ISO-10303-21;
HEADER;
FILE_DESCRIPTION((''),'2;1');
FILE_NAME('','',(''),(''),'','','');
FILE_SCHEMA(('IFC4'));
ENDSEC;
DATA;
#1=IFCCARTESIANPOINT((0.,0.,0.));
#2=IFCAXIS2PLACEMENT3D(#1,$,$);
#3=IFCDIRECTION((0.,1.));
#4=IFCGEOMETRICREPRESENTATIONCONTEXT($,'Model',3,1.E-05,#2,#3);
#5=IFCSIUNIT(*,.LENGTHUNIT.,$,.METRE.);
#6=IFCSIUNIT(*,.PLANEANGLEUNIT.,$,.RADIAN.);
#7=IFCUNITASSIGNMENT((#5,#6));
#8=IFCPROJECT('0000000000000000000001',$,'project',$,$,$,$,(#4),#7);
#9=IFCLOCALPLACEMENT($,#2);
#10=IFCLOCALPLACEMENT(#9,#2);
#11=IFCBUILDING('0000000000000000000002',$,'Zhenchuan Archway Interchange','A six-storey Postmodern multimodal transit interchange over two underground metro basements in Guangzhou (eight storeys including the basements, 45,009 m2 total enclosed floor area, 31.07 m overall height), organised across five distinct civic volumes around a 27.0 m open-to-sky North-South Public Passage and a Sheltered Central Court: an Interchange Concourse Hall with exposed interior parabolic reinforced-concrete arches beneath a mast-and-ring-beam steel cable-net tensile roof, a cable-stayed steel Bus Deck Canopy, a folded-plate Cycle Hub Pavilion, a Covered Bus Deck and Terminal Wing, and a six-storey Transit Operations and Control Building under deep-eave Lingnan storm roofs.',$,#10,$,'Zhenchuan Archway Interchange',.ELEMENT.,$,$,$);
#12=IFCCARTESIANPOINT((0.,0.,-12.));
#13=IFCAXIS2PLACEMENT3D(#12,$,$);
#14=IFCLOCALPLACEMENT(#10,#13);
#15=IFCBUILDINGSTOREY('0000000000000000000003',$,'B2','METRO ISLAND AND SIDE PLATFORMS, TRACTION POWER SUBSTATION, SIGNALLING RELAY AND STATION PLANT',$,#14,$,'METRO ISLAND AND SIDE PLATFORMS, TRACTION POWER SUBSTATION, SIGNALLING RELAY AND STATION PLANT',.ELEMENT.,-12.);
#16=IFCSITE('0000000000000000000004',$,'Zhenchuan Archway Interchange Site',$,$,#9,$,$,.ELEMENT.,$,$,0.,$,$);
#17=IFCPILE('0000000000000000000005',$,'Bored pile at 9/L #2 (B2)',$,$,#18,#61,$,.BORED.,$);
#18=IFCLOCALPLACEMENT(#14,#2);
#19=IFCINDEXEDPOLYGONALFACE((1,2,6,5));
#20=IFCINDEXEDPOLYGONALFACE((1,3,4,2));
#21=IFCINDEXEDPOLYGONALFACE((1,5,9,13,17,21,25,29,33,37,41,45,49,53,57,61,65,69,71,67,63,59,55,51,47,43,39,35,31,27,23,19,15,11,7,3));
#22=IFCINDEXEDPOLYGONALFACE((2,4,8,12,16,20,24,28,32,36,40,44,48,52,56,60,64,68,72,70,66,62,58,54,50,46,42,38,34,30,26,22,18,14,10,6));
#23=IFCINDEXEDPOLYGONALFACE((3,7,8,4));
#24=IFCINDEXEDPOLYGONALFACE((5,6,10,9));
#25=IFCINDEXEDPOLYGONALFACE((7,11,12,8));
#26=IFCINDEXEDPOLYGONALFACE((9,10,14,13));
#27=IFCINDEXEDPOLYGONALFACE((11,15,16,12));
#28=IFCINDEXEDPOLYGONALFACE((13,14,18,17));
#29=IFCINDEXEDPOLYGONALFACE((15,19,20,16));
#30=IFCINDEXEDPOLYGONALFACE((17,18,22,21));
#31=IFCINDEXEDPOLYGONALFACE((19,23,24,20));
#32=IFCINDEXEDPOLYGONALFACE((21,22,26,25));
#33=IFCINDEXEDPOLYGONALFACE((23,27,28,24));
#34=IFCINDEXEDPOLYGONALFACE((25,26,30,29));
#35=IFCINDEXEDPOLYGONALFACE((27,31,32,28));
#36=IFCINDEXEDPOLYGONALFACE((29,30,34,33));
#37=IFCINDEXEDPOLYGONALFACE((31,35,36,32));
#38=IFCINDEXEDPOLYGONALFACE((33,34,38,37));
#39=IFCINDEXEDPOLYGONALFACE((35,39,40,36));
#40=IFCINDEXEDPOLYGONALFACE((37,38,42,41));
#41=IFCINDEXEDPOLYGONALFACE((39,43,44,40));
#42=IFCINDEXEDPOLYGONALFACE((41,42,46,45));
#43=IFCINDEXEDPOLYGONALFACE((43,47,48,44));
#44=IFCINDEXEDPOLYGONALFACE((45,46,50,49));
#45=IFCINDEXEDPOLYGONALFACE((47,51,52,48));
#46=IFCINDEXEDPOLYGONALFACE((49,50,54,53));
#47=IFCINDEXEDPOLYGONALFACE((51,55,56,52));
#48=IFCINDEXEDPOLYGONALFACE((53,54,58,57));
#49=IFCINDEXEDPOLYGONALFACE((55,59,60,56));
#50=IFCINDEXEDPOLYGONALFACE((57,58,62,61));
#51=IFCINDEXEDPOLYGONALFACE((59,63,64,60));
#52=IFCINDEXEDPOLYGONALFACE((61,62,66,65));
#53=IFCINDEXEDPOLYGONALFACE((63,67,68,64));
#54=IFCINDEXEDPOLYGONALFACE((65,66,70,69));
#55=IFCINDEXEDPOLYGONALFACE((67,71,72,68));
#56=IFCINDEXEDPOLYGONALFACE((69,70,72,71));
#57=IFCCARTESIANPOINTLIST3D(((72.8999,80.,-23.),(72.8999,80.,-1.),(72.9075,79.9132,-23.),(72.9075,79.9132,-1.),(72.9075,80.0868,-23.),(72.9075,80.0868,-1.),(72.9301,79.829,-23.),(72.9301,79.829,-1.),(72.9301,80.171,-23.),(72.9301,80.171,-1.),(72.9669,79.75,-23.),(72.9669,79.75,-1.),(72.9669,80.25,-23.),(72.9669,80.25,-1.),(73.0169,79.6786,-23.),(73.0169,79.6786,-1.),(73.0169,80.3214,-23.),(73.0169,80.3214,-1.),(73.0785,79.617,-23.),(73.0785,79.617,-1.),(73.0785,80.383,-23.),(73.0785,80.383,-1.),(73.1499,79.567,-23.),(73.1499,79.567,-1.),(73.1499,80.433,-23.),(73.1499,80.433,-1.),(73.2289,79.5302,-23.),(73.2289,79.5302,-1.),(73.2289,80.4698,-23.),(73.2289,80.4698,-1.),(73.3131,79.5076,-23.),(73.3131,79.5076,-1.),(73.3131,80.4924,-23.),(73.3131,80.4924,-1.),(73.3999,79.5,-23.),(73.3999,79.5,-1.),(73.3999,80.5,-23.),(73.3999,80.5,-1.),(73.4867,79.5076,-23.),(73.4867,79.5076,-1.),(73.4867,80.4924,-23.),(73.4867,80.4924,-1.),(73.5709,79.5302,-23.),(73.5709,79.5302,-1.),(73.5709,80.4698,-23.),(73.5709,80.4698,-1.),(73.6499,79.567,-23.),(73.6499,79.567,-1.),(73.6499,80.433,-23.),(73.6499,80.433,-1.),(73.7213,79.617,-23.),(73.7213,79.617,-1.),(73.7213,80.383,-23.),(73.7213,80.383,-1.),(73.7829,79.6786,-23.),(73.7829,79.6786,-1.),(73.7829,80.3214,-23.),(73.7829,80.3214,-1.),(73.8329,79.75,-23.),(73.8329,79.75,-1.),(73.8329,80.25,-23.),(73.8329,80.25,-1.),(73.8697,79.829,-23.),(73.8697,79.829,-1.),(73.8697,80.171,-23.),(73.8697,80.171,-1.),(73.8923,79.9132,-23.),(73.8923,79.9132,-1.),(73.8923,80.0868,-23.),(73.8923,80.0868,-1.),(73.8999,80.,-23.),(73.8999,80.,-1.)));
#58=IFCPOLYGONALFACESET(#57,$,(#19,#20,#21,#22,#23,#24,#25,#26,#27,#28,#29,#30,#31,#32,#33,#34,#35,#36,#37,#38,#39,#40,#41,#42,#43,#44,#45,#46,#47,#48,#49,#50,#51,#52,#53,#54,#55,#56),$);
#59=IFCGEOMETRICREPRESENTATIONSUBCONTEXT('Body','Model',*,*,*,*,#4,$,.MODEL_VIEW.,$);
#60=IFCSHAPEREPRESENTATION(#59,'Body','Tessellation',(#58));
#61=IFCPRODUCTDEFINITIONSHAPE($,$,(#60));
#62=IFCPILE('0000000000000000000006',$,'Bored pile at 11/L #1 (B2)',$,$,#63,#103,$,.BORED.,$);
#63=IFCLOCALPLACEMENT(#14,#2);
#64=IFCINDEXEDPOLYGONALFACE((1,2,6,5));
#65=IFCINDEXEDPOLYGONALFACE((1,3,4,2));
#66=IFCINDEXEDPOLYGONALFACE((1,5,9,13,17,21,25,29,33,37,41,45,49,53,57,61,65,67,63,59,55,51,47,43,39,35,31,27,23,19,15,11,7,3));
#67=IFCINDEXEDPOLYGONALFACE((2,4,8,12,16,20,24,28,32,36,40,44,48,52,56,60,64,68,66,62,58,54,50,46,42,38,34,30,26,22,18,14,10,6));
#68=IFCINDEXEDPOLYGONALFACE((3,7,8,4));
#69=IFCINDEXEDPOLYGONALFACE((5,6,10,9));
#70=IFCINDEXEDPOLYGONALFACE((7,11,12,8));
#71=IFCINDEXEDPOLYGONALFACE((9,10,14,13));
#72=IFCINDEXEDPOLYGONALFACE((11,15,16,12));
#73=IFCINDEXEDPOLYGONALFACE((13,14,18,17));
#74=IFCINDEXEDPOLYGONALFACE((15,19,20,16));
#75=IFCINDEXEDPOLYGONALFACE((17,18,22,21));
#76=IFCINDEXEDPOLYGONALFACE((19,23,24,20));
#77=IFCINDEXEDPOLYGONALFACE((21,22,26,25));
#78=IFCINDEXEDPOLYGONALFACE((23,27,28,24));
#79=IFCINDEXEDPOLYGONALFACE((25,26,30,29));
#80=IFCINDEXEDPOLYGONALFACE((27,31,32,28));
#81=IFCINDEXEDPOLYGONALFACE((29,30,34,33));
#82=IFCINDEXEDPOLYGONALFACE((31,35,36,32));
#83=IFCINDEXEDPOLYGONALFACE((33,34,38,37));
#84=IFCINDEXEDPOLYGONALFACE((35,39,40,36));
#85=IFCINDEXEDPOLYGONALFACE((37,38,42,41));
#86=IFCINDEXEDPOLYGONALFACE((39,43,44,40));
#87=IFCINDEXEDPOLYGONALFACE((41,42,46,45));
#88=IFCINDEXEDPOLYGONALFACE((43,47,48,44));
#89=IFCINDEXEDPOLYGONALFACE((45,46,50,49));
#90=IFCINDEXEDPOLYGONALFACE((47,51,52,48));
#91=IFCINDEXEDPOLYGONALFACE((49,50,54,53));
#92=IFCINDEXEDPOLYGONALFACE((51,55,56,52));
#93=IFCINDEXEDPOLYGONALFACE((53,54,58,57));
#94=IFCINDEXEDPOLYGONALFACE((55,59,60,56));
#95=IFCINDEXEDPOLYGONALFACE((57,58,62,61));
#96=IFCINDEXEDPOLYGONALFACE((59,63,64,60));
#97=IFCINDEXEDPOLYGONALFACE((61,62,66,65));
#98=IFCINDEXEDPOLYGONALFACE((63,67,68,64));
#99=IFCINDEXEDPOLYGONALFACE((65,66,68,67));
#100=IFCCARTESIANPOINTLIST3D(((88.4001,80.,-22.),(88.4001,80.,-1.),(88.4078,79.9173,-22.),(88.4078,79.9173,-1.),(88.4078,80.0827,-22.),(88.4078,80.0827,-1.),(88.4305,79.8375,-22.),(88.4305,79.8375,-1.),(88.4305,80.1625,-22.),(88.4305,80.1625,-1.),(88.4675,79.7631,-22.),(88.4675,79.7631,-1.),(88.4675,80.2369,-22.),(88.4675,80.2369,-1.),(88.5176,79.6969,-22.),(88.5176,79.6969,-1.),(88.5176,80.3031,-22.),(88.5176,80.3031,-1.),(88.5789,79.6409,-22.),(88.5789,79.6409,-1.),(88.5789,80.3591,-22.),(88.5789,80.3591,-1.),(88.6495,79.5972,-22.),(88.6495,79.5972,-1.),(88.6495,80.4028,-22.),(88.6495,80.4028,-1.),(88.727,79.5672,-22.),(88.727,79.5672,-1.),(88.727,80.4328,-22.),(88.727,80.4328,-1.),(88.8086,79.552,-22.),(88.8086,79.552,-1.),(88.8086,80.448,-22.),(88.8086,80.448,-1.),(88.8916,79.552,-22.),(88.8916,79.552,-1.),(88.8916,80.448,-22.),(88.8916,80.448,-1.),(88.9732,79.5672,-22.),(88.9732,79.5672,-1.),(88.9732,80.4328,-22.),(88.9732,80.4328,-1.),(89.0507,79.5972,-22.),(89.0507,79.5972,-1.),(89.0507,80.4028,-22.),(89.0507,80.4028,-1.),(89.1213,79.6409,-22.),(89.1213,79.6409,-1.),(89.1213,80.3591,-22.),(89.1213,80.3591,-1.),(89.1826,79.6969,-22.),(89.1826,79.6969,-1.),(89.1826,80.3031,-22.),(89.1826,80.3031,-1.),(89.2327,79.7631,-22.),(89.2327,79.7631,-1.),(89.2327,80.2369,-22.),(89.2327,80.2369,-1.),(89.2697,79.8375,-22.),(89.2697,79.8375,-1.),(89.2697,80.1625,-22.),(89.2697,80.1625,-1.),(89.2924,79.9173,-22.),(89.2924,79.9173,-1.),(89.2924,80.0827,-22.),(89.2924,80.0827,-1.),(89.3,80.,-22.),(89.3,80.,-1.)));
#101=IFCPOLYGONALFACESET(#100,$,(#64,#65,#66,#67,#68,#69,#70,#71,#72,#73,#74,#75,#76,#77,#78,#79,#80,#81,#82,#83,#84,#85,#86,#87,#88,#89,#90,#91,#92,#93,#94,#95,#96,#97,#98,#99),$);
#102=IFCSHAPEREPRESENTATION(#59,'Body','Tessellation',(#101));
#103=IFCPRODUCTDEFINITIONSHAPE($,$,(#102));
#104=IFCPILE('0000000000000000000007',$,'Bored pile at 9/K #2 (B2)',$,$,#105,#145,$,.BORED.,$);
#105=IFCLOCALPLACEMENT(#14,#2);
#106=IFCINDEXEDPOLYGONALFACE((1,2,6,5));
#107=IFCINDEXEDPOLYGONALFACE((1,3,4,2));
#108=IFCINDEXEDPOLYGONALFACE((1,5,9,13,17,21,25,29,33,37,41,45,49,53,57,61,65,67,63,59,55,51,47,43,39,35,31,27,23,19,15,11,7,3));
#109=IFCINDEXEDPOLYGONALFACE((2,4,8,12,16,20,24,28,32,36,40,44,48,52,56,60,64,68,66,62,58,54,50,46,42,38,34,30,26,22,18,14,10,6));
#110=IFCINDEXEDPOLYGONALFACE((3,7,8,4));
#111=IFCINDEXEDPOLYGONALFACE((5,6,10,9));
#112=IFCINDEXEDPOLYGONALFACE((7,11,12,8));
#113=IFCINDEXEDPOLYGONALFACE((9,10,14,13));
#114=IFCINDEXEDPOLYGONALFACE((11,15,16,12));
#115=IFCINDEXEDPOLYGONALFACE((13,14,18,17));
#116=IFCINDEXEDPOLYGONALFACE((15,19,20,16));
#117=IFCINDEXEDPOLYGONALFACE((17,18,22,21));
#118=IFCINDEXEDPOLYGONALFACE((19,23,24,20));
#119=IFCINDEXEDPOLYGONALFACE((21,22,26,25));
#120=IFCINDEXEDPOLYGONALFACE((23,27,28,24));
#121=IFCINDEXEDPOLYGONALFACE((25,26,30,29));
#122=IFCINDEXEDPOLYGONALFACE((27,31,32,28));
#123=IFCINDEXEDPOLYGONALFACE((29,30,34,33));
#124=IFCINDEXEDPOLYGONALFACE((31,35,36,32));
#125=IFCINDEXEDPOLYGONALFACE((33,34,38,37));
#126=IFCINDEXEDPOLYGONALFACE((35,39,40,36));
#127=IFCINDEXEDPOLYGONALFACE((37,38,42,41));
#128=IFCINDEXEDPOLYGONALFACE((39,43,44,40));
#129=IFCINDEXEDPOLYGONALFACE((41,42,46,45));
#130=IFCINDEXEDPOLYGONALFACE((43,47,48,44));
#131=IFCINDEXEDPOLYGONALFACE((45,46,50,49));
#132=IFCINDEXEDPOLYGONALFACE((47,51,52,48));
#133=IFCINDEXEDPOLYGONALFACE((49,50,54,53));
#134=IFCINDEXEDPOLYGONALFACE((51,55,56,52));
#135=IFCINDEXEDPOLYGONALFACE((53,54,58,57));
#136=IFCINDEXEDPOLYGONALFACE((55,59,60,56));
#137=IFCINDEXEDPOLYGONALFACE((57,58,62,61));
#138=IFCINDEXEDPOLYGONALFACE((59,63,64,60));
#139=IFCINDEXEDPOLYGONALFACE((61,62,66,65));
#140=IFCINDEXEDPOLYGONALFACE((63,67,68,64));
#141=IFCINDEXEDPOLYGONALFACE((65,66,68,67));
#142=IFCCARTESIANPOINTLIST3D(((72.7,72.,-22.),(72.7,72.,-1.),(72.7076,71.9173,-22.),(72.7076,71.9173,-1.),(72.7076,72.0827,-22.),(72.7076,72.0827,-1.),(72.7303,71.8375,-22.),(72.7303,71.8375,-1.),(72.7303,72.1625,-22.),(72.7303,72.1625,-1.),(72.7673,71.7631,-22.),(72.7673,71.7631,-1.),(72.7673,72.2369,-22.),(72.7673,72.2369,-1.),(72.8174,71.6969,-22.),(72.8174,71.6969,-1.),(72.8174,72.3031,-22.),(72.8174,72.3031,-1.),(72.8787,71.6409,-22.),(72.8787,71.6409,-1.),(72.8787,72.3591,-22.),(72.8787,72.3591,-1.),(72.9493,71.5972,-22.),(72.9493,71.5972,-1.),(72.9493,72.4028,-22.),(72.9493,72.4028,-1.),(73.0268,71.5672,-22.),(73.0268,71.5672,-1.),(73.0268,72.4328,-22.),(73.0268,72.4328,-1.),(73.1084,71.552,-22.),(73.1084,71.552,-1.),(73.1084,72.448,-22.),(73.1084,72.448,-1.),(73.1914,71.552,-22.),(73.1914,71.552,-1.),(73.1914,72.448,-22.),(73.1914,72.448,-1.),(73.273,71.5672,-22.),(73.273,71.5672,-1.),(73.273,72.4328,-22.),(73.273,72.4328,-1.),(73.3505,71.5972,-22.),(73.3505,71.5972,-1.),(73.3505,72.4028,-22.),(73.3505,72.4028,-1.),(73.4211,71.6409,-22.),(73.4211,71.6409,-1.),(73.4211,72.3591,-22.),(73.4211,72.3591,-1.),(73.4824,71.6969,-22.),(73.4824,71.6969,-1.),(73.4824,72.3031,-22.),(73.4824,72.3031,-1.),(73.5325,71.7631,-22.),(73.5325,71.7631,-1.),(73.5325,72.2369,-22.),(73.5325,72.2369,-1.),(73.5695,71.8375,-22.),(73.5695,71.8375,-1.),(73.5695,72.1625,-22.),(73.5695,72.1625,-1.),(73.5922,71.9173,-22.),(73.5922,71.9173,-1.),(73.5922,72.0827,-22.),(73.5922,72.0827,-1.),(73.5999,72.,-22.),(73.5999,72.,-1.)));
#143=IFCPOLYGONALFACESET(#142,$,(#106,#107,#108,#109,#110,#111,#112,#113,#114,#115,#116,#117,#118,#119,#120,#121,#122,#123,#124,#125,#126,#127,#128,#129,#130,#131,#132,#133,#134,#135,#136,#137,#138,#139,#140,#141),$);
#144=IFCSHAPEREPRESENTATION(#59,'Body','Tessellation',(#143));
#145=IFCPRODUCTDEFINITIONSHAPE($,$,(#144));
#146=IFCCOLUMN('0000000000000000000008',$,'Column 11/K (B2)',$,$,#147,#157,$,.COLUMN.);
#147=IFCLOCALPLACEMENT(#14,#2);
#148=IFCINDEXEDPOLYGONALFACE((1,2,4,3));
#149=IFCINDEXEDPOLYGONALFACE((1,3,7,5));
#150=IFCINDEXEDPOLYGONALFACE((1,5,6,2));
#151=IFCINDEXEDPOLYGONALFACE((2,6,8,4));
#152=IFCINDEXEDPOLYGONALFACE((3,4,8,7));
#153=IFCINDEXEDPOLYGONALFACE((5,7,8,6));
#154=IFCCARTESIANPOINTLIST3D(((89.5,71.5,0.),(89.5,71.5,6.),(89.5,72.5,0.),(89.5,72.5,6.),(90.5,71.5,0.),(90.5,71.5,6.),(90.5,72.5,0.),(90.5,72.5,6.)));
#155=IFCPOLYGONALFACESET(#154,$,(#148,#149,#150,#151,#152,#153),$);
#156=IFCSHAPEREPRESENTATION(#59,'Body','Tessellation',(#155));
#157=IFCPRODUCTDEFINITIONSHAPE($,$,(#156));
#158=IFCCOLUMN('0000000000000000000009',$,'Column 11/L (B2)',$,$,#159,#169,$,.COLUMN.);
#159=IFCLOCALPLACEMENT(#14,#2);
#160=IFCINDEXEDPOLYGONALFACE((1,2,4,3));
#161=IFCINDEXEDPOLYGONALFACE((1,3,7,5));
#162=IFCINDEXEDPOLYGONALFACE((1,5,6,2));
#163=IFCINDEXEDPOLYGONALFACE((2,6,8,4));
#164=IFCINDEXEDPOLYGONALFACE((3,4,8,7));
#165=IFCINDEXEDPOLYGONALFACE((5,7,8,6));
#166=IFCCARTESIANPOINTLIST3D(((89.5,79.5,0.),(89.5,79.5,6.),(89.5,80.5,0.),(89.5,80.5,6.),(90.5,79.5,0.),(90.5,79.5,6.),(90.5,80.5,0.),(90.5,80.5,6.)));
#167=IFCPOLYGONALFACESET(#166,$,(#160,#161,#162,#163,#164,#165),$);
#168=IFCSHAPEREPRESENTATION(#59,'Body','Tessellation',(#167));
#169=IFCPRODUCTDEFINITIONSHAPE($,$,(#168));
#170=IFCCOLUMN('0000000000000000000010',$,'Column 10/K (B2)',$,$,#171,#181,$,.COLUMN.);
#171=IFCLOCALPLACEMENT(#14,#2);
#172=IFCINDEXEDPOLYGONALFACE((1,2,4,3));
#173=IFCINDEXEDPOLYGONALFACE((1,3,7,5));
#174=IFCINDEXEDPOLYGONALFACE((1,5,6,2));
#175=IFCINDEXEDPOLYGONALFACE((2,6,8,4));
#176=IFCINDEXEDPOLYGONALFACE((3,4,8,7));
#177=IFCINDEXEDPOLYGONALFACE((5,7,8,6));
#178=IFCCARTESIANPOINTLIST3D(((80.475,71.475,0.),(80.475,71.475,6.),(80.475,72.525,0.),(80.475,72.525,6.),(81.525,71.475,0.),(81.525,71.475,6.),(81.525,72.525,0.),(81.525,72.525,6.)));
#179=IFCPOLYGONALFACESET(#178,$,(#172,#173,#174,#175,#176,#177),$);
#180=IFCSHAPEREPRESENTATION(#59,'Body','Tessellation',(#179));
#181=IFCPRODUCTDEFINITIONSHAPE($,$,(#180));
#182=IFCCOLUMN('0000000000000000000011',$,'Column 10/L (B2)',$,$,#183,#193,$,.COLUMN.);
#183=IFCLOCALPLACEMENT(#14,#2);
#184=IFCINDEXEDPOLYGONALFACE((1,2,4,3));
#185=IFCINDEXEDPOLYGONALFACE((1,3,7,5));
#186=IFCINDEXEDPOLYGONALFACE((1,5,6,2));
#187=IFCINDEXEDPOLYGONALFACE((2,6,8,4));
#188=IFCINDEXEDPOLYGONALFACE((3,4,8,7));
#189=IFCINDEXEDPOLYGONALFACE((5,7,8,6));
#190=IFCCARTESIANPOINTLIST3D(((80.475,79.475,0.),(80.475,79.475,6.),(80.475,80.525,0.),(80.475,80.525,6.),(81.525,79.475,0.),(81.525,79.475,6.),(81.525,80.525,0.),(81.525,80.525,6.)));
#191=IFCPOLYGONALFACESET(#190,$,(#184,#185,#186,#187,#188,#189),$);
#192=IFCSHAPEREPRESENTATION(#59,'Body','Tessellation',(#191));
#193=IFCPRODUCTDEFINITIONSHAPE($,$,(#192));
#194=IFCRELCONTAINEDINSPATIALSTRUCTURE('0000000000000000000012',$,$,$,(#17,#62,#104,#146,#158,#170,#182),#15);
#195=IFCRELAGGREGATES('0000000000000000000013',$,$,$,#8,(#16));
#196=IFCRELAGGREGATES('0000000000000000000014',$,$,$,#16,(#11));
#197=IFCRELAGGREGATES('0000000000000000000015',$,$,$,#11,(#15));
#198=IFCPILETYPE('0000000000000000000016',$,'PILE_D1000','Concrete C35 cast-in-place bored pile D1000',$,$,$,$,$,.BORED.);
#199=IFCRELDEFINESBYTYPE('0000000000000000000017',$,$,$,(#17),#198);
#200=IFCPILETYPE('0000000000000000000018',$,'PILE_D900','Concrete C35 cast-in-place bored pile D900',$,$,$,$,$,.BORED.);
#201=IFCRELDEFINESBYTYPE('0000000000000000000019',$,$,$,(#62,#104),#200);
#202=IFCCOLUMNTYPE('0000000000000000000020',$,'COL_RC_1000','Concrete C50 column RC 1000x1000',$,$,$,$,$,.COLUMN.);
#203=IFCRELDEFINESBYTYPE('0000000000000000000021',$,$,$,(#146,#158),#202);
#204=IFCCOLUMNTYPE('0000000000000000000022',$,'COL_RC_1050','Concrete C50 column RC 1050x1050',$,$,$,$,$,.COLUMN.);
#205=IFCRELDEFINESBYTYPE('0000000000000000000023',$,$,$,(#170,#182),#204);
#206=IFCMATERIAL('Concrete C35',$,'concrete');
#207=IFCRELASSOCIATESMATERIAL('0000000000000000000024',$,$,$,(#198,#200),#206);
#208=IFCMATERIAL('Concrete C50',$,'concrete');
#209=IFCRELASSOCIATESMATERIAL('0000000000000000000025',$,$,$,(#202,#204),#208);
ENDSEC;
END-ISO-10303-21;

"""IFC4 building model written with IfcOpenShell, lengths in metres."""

from ifc_helpers import new_model, si_unit, direction, frame, origin, origin_2d, place, context, subcontext, project, spatial, rectangle, circle, extrude, material, material_profile, profile_set, type_object, element, save


model = new_model("IFC4")

# Units and contexts
model_context = context("Model", 3, precision=1e-05, world=origin(), true_north=direction((0.0, 1.0)))
body_context = subcontext(model_context, "Body", "Model", "MODEL_VIEW")
ifc_project = project(units=[si_unit("LENGTHUNIT", "METRE"), si_unit("PLANEANGLEUNIT", "RADIAN")], contexts=[model_context])

# Site, building, storey
site_placement = place(None, origin())
site = spatial("IfcSite", under=ifc_project, at=site_placement, Name="Zhenchuan Archway Interchange Site", CompositionType="ELEMENT", RefElevation=0.0)
building_placement = place(site_placement, origin())
building = spatial("IfcBuilding", under=site, at=building_placement, Name="Zhenchuan Archway Interchange", Description="A six-storey Postmodern multimodal transit interchange over two underground metro basements in Guangzhou (eight storeys including the basements, 45,009 m2 total enclosed floor area, 31.07 m overall height), organised across five distinct civic volumes around a 27.0 m open-to-sky North-South Public Passage and a Sheltered Central Court: an Interchange Concourse Hall with exposed interior parabolic reinforced-concrete arches beneath a mast-and-ring-beam steel cable-net tensile roof, a cable-stayed steel Bus Deck Canopy, a folded-plate Cycle Hub Pavilion, a Covered Bus Deck and Terminal Wing, and a six-storey Transit Operations and Control Building under deep-eave Lingnan storm roofs.", LongName="Zhenchuan Archway Interchange", CompositionType="ELEMENT")
storey_placement = place(building_placement, frame((0.0, 0.0, -12.0)))
storey = spatial("IfcBuildingStorey", under=building, at=storey_placement, Name="B2", Description="METRO ISLAND AND SIDE PLATFORMS, TRACTION POWER SUBSTATION, SIGNALLING RELAY AND STATION PLANT", LongName="METRO ISLAND AND SIDE PLATFORMS, TRACTION POWER SUBSTATION, SIGNALLING RELAY AND STATION PLANT", CompositionType="ELEMENT", Elevation=-12.0)

# Piles
ifc_material_1 = material(Name="Concrete C35", Category="concrete")
ifc_material_profile_1 = material_profile(ifc_material_1, circle(Radius=0.5, at=origin_2d()), Name="BORED PILE 1000")
ifc_profile_set_1 = profile_set([ifc_material_profile_1], Name="Concrete C35")
pile_type_1 = type_object("IfcPileType", Name="PILE_D1000", Description="Concrete C35 cast-in-place bored pile D1000", PredefinedType="BORED", material=ifc_profile_set_1)
for number, where, z_axis, x_axis, name in (
    (1, (73.3999, 80.0, -1.0), (0.0, 0.0, -1.0), (1.0, 0.0, 0.0), "Bored pile at 9/L #2 (B2)"),
):
    element("IfcPile", number, at=place(storey_placement, frame(where, z_axis=z_axis, x_axis=x_axis)), inside=storey, type_object=pile_type_1, Name=name, PredefinedType="BORED", context=body_context, shape_type="SweptSolid", body=[
        extrude(circle(Radius=0.5, at=origin_2d()), origin(), (0.0, 0.0, 1.0), 22.0),
    ])
ifc_material_profile_2 = material_profile(ifc_material_1, circle(Radius=0.45, at=origin_2d()), Name="BORED PILE 900")
ifc_profile_set_2 = profile_set([ifc_material_profile_2], Name="Concrete C35")
pile_type_2 = type_object("IfcPileType", Name="PILE_D900", Description="Concrete C35 cast-in-place bored pile D900", PredefinedType="BORED", material=ifc_profile_set_2)
for number, where, z_axis, x_axis, name in (
    (2, (88.8501, 80.0, -1.0), (0.0, 0.0, -1.0), (1.0, 0.0, 0.0), "Bored pile at 11/L #1 (B2)"),
    (3, (73.1499, 72.0, -1.0), (0.0, 0.0, -1.0), (1.0, 0.0, 0.0), "Bored pile at 9/K #2 (B2)"),
):
    element("IfcPile", number, at=place(storey_placement, frame(where, z_axis=z_axis, x_axis=x_axis)), inside=storey, type_object=pile_type_2, Name=name, PredefinedType="BORED", context=body_context, shape_type="SweptSolid", body=[
        extrude(circle(Radius=0.45, at=origin_2d()), origin(), (0.0, 0.0, 1.0), 21.0),
    ])

# Columns
ifc_material_2 = material(Name="Concrete C50", Category="concrete")
ifc_material_profile_3 = material_profile(ifc_material_2, rectangle(XDim=1.0, YDim=1.0, at=origin_2d()), Name="RC 1000x1000")
ifc_profile_set_3 = profile_set([ifc_material_profile_3], Name="Concrete C50")
column_type_1 = type_object("IfcColumnType", Name="COL_RC_1000", Description="Concrete C50 column RC 1000x1000", PredefinedType="COLUMN", material=ifc_profile_set_3)
for number, where, z_axis, x_axis, name in (
    (4, (90.0, 72.0, 0.0), (0.0, 0.0, 1.0), (1.0, 0.0, 0.0), "Column 11/K (B2)"),
    (5, (90.0, 80.0, 0.0), (0.0, 0.0, 1.0), (1.0, 0.0, 0.0), "Column 11/L (B2)"),
):
    element("IfcColumn", number, at=place(storey_placement, frame(where, z_axis=z_axis, x_axis=x_axis)), inside=storey, type_object=column_type_1, Name=name, PredefinedType="COLUMN", context=body_context, shape_type="SweptSolid", body=[
        extrude(rectangle(XDim=1.0, YDim=1.0, at=origin_2d()), origin(), (0.0, 0.0, 1.0), 6.0),
    ])
ifc_material_profile_4 = material_profile(ifc_material_2, rectangle(XDim=1.05, YDim=1.05, at=origin_2d()), Name="RC 1050x1050")
ifc_profile_set_4 = profile_set([ifc_material_profile_4], Name="Concrete C50")
column_type_2 = type_object("IfcColumnType", Name="COL_RC_1050", Description="Concrete C50 column RC 1050x1050", PredefinedType="COLUMN", material=ifc_profile_set_4)
for number, where, z_axis, x_axis, name in (
    (6, (81.0, 72.0, 0.0), (0.0, 0.0, 1.0), (1.0, 0.0, 0.0), "Column 10/K (B2)"),
    (7, (81.0, 80.0, 0.0), (0.0, 0.0, 1.0), (1.0, 0.0, 0.0), "Column 10/L (B2)"),
):
    element("IfcColumn", number, at=place(storey_placement, frame(where, z_axis=z_axis, x_axis=x_axis)), inside=storey, type_object=column_type_2, Name=name, PredefinedType="COLUMN", context=body_context, shape_type="SweptSolid", body=[
        extrude(rectangle(XDim=1.05, YDim=1.05, at=origin_2d()), origin(), (0.0, 0.0, 1.0), 6.0),
    ])

save(model, "model.ifc")
